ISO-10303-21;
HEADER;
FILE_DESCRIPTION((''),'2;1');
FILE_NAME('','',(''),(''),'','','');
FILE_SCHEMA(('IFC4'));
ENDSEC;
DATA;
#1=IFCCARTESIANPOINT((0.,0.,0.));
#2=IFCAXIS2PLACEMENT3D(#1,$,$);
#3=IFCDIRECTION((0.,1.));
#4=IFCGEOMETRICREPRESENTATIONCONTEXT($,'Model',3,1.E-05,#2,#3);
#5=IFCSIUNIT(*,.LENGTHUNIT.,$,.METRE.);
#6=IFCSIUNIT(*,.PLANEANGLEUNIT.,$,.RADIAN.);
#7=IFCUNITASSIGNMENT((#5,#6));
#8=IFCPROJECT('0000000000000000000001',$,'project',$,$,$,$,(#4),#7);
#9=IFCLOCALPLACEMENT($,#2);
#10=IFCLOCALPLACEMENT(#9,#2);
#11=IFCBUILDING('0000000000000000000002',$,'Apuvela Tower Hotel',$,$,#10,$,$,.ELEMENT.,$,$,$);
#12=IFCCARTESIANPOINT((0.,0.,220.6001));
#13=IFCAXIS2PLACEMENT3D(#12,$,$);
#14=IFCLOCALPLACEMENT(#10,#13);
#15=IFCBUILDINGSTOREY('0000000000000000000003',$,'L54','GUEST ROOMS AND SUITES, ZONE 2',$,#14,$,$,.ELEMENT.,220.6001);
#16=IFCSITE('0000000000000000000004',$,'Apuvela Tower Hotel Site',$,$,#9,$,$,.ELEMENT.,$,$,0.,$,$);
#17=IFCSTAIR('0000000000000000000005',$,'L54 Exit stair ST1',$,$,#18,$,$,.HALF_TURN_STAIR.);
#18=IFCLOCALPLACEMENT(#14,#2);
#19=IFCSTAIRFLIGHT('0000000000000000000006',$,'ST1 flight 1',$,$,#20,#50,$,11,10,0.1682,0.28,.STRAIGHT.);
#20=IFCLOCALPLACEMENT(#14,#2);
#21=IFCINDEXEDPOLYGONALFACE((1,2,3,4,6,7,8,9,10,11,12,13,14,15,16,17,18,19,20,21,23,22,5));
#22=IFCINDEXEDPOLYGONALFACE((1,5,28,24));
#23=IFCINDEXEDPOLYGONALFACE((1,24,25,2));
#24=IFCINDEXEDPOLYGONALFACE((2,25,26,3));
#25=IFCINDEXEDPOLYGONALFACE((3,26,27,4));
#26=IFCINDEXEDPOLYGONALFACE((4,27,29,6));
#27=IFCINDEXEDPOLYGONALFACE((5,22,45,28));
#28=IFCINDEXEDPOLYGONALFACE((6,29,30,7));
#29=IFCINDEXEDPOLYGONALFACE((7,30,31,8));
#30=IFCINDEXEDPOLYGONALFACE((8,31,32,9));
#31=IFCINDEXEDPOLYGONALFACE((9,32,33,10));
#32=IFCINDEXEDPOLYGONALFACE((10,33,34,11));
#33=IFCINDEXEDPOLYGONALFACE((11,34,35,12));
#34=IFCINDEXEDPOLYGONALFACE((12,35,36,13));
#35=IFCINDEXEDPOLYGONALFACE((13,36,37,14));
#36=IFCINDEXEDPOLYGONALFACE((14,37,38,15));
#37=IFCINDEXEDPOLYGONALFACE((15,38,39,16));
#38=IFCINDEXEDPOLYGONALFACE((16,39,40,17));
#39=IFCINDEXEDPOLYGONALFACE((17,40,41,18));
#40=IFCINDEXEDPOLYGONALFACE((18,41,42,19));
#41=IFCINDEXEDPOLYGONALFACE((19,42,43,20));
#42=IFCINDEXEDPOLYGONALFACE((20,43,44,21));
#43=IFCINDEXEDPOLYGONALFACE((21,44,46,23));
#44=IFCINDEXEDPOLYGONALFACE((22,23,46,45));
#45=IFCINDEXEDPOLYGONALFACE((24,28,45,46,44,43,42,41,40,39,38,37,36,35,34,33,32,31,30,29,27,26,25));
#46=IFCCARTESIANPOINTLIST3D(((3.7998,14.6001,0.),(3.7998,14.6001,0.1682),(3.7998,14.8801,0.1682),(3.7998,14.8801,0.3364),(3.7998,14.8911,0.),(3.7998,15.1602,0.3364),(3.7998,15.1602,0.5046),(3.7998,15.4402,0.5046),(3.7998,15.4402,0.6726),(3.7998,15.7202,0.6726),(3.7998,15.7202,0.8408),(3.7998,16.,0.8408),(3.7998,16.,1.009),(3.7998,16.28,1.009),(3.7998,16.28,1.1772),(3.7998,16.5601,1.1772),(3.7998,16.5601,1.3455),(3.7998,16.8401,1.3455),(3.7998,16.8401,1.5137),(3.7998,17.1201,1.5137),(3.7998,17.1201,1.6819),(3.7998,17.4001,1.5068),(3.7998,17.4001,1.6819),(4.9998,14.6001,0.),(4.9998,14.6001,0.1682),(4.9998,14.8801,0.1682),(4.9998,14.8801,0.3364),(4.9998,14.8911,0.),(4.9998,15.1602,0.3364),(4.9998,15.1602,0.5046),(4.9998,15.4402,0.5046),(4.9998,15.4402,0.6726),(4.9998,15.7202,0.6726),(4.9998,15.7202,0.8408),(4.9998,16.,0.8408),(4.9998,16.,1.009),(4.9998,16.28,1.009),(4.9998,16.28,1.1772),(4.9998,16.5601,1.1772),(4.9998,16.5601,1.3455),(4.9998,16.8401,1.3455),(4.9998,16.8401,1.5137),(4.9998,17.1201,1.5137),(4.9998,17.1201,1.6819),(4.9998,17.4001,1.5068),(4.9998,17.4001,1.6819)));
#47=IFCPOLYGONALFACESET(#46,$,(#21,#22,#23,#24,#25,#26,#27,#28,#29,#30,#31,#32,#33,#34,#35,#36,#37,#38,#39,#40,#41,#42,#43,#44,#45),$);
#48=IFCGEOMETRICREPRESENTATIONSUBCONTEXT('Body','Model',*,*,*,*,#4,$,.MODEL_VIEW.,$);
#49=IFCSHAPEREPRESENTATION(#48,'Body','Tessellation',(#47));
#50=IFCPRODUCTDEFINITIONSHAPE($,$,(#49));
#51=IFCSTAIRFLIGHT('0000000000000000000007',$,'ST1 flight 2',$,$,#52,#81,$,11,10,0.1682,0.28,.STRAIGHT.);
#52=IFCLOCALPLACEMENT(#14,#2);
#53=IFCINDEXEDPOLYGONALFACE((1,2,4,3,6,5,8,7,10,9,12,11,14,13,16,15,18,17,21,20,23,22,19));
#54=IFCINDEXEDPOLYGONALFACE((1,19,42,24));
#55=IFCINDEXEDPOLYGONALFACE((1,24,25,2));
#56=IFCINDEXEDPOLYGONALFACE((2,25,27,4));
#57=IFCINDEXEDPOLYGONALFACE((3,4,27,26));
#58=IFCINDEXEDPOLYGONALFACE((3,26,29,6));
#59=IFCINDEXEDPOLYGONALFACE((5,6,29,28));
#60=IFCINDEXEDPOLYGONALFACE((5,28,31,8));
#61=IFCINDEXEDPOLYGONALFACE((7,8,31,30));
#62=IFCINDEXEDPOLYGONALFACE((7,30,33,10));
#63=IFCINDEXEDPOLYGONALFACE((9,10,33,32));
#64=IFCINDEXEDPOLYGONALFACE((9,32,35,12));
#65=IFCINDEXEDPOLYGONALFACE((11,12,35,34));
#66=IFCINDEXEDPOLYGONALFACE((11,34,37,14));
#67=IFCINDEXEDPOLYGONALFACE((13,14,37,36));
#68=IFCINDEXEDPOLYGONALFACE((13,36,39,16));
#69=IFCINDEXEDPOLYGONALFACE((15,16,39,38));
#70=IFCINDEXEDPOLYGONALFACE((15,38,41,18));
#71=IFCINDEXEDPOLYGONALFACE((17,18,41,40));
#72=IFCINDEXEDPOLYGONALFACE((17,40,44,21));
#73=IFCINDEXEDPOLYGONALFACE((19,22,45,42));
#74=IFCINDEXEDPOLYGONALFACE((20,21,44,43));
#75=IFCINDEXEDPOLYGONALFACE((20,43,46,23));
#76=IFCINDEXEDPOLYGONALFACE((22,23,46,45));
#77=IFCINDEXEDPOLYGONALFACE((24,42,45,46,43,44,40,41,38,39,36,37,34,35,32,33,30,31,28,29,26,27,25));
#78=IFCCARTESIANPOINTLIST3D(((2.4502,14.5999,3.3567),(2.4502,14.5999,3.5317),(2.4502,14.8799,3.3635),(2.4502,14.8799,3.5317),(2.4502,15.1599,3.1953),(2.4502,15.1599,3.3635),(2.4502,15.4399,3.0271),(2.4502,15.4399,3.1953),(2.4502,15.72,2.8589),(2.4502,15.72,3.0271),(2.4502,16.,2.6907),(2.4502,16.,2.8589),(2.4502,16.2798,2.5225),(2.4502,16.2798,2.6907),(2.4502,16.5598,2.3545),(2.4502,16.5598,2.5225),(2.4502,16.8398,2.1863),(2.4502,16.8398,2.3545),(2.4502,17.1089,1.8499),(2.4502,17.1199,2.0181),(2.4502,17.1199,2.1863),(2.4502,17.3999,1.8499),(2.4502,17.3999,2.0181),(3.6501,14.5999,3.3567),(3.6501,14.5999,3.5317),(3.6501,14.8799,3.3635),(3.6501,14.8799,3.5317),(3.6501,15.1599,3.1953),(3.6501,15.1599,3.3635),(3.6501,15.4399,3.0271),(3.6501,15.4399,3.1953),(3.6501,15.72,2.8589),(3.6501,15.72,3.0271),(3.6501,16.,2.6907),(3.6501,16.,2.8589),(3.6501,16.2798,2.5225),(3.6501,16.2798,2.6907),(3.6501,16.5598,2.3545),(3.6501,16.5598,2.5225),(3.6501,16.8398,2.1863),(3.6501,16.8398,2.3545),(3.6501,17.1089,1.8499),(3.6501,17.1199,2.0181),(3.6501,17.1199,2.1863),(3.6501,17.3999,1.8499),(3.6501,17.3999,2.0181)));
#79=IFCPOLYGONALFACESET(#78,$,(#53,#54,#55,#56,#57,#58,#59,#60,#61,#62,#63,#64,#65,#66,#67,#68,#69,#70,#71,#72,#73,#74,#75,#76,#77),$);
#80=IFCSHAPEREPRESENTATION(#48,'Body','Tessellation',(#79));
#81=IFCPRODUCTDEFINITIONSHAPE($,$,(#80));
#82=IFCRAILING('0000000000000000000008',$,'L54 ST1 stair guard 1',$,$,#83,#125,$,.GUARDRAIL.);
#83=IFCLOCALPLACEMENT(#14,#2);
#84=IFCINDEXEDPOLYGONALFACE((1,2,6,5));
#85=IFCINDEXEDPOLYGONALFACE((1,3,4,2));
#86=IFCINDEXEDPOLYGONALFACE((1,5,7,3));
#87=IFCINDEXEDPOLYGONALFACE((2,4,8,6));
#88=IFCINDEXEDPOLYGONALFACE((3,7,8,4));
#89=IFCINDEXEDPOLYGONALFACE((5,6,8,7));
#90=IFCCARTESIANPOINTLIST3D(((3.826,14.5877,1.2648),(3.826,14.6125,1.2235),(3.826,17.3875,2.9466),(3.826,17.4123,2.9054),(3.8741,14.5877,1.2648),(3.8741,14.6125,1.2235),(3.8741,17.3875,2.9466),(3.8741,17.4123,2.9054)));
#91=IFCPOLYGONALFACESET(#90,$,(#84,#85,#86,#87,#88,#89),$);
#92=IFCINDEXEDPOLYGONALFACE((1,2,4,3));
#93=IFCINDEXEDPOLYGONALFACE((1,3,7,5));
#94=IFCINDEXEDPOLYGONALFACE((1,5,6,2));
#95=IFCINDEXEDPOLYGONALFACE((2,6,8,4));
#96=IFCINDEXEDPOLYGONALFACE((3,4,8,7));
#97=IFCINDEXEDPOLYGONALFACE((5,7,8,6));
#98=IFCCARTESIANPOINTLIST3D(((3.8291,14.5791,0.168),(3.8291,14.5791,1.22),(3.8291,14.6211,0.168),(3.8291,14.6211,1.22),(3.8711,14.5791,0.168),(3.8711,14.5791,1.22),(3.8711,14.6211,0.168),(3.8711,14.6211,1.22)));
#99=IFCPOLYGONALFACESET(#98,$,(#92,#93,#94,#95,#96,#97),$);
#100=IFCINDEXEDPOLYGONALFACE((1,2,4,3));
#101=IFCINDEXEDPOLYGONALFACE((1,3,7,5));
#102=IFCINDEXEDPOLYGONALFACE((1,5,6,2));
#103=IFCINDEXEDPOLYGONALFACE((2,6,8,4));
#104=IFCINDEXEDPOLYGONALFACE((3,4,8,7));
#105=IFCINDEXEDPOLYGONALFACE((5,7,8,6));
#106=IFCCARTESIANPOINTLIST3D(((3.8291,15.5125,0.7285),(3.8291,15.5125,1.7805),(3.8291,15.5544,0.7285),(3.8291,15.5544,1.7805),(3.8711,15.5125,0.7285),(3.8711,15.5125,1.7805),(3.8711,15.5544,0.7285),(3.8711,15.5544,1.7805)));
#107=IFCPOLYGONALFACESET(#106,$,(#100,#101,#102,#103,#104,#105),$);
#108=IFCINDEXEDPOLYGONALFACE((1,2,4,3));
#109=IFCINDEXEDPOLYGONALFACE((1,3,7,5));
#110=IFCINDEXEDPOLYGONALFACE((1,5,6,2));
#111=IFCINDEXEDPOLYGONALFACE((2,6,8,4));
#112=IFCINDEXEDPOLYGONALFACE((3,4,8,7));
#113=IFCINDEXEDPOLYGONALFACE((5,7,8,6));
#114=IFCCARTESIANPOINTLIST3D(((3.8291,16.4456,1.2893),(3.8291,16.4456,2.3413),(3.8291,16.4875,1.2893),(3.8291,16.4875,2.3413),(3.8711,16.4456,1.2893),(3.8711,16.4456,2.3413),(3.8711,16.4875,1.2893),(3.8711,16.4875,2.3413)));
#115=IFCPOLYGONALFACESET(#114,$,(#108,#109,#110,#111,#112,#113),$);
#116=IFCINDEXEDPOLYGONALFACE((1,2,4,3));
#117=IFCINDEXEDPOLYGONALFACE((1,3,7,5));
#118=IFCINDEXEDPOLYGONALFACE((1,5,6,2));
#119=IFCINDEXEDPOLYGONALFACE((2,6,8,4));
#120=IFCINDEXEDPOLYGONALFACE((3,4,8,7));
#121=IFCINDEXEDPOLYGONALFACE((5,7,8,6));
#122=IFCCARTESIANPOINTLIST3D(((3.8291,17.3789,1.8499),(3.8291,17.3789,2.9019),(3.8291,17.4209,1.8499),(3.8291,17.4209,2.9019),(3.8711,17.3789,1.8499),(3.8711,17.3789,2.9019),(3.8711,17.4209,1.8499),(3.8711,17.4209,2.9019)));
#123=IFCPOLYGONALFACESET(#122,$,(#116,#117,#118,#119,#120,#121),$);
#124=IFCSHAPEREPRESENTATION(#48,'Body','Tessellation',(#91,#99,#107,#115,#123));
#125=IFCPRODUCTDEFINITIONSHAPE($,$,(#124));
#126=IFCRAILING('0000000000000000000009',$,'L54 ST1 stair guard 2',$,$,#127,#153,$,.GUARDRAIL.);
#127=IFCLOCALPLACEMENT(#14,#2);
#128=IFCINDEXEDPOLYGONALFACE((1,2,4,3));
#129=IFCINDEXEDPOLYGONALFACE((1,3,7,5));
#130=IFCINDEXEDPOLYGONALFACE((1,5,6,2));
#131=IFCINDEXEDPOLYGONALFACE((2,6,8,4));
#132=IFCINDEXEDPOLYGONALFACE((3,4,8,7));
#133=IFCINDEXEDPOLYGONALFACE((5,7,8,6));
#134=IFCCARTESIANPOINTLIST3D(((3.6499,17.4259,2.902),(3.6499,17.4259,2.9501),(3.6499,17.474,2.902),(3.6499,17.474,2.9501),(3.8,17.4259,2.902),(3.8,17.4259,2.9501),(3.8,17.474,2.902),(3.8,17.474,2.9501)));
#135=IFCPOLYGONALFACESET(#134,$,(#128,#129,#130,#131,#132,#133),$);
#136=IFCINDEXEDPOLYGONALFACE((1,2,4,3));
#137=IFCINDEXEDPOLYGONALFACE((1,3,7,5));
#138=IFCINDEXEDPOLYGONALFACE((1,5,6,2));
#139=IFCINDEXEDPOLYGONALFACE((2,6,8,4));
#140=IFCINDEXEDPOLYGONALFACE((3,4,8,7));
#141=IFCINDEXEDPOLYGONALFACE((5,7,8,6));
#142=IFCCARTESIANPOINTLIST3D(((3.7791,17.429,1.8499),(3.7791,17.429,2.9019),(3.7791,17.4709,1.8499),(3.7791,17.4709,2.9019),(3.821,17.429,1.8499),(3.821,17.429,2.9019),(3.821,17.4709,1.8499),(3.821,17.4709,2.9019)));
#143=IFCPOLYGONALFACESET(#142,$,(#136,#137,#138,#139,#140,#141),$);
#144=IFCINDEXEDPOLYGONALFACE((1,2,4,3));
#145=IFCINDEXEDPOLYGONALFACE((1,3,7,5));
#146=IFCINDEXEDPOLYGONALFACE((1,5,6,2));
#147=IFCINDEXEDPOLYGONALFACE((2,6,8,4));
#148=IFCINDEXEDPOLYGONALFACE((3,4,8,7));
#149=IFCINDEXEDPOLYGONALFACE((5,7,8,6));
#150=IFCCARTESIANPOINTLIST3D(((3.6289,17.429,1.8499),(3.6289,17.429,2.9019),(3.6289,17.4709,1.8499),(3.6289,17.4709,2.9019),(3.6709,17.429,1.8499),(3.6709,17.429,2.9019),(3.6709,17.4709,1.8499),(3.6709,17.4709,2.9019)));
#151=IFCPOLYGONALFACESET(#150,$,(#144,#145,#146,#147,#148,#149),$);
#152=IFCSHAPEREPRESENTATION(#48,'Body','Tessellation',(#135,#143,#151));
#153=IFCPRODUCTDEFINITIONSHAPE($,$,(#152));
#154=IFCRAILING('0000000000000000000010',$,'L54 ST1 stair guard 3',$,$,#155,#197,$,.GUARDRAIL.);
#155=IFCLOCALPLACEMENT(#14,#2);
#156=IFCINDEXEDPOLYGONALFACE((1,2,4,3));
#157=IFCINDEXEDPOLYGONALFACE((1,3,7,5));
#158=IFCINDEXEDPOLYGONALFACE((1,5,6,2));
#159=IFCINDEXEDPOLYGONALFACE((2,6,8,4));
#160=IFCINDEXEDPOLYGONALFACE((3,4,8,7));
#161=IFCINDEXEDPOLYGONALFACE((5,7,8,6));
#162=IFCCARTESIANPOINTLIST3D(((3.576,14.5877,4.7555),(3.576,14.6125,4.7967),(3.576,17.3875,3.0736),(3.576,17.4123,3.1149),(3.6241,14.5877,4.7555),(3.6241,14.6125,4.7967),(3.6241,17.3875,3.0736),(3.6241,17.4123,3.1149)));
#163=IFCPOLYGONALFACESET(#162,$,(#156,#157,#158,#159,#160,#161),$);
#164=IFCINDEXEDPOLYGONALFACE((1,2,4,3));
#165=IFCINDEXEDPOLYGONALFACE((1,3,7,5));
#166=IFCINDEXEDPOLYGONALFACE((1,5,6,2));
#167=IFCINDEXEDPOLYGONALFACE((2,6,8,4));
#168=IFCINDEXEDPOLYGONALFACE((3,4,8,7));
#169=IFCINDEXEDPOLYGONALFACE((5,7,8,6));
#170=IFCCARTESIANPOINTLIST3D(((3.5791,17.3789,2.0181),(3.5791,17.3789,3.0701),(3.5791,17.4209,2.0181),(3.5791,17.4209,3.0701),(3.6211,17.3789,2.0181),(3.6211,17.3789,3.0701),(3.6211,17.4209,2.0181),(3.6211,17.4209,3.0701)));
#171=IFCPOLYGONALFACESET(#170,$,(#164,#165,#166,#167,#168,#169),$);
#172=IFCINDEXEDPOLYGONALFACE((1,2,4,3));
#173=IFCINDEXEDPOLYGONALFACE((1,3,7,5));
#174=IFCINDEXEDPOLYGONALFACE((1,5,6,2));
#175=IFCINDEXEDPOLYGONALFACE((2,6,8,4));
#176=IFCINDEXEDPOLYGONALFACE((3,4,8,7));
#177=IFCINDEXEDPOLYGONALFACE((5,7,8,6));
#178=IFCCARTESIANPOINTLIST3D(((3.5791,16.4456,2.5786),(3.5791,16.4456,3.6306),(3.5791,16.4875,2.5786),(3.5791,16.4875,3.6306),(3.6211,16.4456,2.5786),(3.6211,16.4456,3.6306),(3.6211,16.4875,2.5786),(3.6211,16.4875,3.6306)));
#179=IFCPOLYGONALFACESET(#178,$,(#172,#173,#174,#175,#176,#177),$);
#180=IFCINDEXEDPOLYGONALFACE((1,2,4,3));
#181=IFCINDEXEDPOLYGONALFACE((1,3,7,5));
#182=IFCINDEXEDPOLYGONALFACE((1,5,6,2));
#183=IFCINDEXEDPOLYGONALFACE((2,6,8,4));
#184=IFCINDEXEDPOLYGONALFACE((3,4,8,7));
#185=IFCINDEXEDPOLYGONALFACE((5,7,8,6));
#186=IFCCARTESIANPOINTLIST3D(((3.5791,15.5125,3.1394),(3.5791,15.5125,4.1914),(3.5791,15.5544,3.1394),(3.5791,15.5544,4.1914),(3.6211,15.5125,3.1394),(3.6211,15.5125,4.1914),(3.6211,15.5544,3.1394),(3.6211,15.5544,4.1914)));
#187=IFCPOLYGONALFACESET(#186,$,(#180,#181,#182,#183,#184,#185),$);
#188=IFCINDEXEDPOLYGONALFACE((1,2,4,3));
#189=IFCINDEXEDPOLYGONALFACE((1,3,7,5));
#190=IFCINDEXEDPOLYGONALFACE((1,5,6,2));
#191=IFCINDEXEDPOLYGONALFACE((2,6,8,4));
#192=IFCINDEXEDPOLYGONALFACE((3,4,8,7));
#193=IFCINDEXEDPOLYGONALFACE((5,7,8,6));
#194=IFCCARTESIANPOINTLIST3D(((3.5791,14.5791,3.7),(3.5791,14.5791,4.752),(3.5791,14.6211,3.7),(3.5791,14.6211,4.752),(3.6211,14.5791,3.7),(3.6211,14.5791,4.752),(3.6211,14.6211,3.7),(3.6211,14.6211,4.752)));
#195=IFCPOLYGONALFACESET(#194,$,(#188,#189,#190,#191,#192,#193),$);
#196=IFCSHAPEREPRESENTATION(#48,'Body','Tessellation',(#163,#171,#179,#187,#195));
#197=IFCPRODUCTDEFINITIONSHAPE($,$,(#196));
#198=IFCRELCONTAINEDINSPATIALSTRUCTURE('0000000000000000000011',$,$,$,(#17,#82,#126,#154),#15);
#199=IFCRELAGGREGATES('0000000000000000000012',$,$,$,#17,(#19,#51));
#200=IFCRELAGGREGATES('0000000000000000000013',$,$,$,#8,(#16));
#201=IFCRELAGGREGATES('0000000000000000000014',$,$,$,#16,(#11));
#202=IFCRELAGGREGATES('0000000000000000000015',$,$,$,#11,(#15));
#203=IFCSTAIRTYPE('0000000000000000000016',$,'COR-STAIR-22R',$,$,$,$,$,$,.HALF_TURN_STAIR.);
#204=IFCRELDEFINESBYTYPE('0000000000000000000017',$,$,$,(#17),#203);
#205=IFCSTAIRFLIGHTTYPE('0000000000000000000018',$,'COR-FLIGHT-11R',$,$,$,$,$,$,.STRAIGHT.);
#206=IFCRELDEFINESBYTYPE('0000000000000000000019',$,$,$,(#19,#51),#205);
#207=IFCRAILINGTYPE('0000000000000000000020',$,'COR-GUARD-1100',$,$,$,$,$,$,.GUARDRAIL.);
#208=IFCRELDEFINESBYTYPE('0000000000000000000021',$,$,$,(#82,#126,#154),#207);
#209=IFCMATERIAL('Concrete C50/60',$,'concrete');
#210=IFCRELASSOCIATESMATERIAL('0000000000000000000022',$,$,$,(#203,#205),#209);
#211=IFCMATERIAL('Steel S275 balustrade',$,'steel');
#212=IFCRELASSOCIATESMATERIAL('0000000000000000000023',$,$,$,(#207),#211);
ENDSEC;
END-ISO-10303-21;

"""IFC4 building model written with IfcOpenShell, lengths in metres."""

from ifc_helpers import new_model, si_unit, direction, frame, origin, origin_2d, place, context, subcontext, project, spatial, polyline, rectangle, outline, extrude, material, type_object, element, aggregate, save


model = new_model("IFC4")

# Units and contexts
model_context = context("Model", 3, precision=1e-05, world=origin(), true_north=direction((0.0, 1.0)))
body_context = subcontext(model_context, "Body", "Model", "MODEL_VIEW")
ifc_project = project(units=[si_unit("LENGTHUNIT", "METRE"), si_unit("PLANEANGLEUNIT", "RADIAN")], contexts=[model_context])

# Site, building, storey
site_placement = place(None, origin())
site = spatial("IfcSite", under=ifc_project, at=site_placement, Name="Apuvela Tower Hotel Site", CompositionType="ELEMENT", RefElevation=0.0)
building_placement = place(site_placement, origin())
building = spatial("IfcBuilding", under=site, at=building_placement, Name="Apuvela Tower Hotel", CompositionType="ELEMENT")
storey_placement = place(building_placement, frame((0.0, 0.0, 220.6001)))
storey = spatial("IfcBuildingStorey", under=building, at=storey_placement, Name="L54", Description="GUEST ROOMS AND SUITES, ZONE 2", CompositionType="ELEMENT", Elevation=220.6001)

# Shared definitions
ifc_material_1 = material(Name="Concrete C50/60", Category="concrete")

# Stair, stair flights
stair_type = type_object("IfcStairType", Name="COR-STAIR-22R", PredefinedType="HALF_TURN_STAIR", material=ifc_material_1)
stair_placement = place(storey_placement, origin())
stair = element("IfcStair", 1, at=stair_placement, inside=storey, type_object=stair_type, Name="L54 Exit stair ST1", PredefinedType="HALF_TURN_STAIR")
stair_flight_type = type_object("IfcStairFlightType", Name="COR-FLIGHT-11R", PredefinedType="STRAIGHT", material=ifc_material_1)
stair_flight_1_placement = place(storey_placement, frame((4.3999, 14.6001, 0.0), z_axis=(0.0, 0.0, 1.0), x_axis=(0.0, 1.0, 0.0)))
stair_flight_1 = element("IfcStairFlight", 2, at=stair_flight_1_placement, type_object=stair_flight_type, Name="ST1 flight 1", NumberOfRisers=11, NumberOfTreads=10, PredefinedType="STRAIGHT", RiserHeight=0.1682, TreadLength=0.28, context=body_context, shape_type="SweptSolid", body=[
    extrude(outline(polyline([(0.0, 0.0), (0.0, 0.1682), (0.28, 0.1682), (0.28, 0.3364), (0.5601, 0.3364), (0.5601, 0.5046), (0.8401, 0.5046), (0.8401, 0.6726), (1.1201, 0.6726), (1.1201, 0.8408), (1.3999, 0.8408), (1.3999, 1.009), (1.6799, 1.009), (1.6799, 1.1772), (1.96, 1.1772), (1.96, 1.3455), (2.24, 1.3455), (2.24, 1.5137), (2.52, 1.5137), (2.52, 1.6819), (2.8, 1.6819), (2.8, 1.8501), (2.8, 1.5068), (0.291, 0.0), (0.0, 0.0)])), frame((0.0, 0.6001, 0.0), z_axis=(0.0, -1.0, 0.0), x_axis=(1.0, 0.0, 0.0)), (0.0, 0.0, 1.0), 1.2),
])
stair_flight_2_placement = place(storey_placement, frame((3.05, 17.3999, 1.8499), z_axis=(0.0, 0.0, 1.0), x_axis=(0.0, -1.0, 0.0)))
stair_flight_2 = element("IfcStairFlight", 3, at=stair_flight_2_placement, type_object=stair_flight_type, Name="ST1 flight 2", NumberOfRisers=11, NumberOfTreads=10, PredefinedType="STRAIGHT", RiserHeight=0.1682, TreadLength=0.28, context=body_context, shape_type="SweptSolid", body=[
    extrude(outline(polyline([(0.0, 0.0), (0.0, 0.1682), (0.28, 0.1682), (0.28, 0.3364), (0.5601, 0.3364), (0.5601, 0.5046), (0.8401, 0.5046), (0.8401, 0.6726), (1.1201, 0.6726), (1.1201, 0.8408), (1.3999, 0.8408), (1.3999, 1.009), (1.6799, 1.009), (1.6799, 1.1772), (1.96, 1.1772), (1.96, 1.3455), (2.24, 1.3455), (2.24, 1.5137), (2.52, 1.5137), (2.52, 1.6819), (2.8, 1.6819), (2.8, 1.8501), (2.8, 1.5068), (0.291, 0.0), (0.0, 0.0)])), frame((0.0, 0.6001, 0.0), z_axis=(0.0, -1.0, 0.0), x_axis=(1.0, 0.0, 0.0)), (0.0, 0.0, 1.0), 1.2),
])
aggregate(stair, [stair_flight_1, stair_flight_2])

# Railings
ifc_material_2 = material(Name="Steel S275 balustrade", Category="steel")
railing_type_1 = type_object("IfcRailingType", Name="COR-GUARD-1100", PredefinedType="GUARDRAIL", material=ifc_material_2)
railing_1_placement = place(storey_placement, frame((3.8501, 14.6001, 0.168)))
element("IfcRailing", 4, at=railing_1_placement, inside=storey, type_object=railing_type_1, Name="L54 ST1 stair guard 1", PredefinedType="GUARDRAIL", context=body_context, shape_type="SweptSolid", body=[
    extrude(rectangle(XDim=0.0481, YDim=0.0481, at=origin_2d()), frame((0.0, 0.0, 1.0762), z_axis=(0.0, 0.857222, 0.514946), x_axis=(-1.0, 0.0, 0.0)), (0.0, 0.0, 1.0), 3.2661),
    extrude(rectangle(XDim=0.042, YDim=0.042, at=origin_2d()), origin(), (0.0, 0.0, 1.0), 1.052),
    extrude(rectangle(XDim=0.042, YDim=0.042, at=origin_2d()), frame((0.0, 0.9333, 0.5605)), (0.0, 0.0, 1.0), 1.052),
    extrude(rectangle(XDim=0.042, YDim=0.042, at=origin_2d()), frame((0.0, 1.8665, 1.1213)), (0.0, 0.0, 1.0), 1.052),
    extrude(rectangle(XDim=0.042, YDim=0.042, at=origin_2d()), frame((0.0, 2.7998, 1.6819)), (0.0, 0.0, 1.0), 1.052),
])
railing_2_placement = place(storey_placement, frame((3.8, 17.45, 1.8499)))
element("IfcRailing", 5, at=railing_2_placement, inside=storey, type_object=railing_type_1, Name="L54 ST1 stair guard 2", PredefinedType="GUARDRAIL", context=body_context, shape_type="SweptSolid", body=[
    extrude(rectangle(XDim=0.0481, YDim=0.0481, at=origin_2d()), frame((0.0, 0.0, 1.0762), z_axis=(-1.0, 0.0, 0.0), x_axis=(0.0, -1.0, 0.0)), (0.0, 0.0, 1.0), 0.1501),
    extrude(rectangle(XDim=0.042, YDim=0.042, at=origin_2d()), origin(), (0.0, 0.0, 1.0), 1.052),
    extrude(rectangle(XDim=0.042, YDim=0.042, at=origin_2d()), frame((-0.1501, 0.0, 0.0)), (0.0, 0.0, 1.0), 1.052),
])
railing_3_placement = place(storey_placement, frame((3.6001, 17.3999, 2.0181)))
element("IfcRailing", 6, at=railing_3_placement, inside=storey, type_object=railing_type_1, Name="L54 ST1 stair guard 3", PredefinedType="GUARDRAIL", context=body_context, shape_type="SweptSolid", body=[
    extrude(rectangle(XDim=0.0481, YDim=0.0481, at=origin_2d()), frame((0.0, 0.0, 1.0762), z_axis=(0.0, -0.857222, 0.514946), x_axis=(1.0, 0.0, 0.0)), (0.0, 0.0, 1.0), 3.2661),
    extrude(rectangle(XDim=0.042, YDim=0.042, at=origin_2d()), origin(), (0.0, 0.0, 1.0), 1.052),
    extrude(rectangle(XDim=0.042, YDim=0.042, at=origin_2d()), frame((0.0, -0.9333, 0.5605)), (0.0, 0.0, 1.0), 1.052),
    extrude(rectangle(XDim=0.042, YDim=0.042, at=origin_2d()), frame((0.0, -1.8665, 1.1213)), (0.0, 0.0, 1.0), 1.052),
    extrude(rectangle(XDim=0.042, YDim=0.042, at=origin_2d()), frame((0.0, -2.7998, 1.6819)), (0.0, 0.0, 1.0), 1.052),
])

save(model, "model.ifc")
